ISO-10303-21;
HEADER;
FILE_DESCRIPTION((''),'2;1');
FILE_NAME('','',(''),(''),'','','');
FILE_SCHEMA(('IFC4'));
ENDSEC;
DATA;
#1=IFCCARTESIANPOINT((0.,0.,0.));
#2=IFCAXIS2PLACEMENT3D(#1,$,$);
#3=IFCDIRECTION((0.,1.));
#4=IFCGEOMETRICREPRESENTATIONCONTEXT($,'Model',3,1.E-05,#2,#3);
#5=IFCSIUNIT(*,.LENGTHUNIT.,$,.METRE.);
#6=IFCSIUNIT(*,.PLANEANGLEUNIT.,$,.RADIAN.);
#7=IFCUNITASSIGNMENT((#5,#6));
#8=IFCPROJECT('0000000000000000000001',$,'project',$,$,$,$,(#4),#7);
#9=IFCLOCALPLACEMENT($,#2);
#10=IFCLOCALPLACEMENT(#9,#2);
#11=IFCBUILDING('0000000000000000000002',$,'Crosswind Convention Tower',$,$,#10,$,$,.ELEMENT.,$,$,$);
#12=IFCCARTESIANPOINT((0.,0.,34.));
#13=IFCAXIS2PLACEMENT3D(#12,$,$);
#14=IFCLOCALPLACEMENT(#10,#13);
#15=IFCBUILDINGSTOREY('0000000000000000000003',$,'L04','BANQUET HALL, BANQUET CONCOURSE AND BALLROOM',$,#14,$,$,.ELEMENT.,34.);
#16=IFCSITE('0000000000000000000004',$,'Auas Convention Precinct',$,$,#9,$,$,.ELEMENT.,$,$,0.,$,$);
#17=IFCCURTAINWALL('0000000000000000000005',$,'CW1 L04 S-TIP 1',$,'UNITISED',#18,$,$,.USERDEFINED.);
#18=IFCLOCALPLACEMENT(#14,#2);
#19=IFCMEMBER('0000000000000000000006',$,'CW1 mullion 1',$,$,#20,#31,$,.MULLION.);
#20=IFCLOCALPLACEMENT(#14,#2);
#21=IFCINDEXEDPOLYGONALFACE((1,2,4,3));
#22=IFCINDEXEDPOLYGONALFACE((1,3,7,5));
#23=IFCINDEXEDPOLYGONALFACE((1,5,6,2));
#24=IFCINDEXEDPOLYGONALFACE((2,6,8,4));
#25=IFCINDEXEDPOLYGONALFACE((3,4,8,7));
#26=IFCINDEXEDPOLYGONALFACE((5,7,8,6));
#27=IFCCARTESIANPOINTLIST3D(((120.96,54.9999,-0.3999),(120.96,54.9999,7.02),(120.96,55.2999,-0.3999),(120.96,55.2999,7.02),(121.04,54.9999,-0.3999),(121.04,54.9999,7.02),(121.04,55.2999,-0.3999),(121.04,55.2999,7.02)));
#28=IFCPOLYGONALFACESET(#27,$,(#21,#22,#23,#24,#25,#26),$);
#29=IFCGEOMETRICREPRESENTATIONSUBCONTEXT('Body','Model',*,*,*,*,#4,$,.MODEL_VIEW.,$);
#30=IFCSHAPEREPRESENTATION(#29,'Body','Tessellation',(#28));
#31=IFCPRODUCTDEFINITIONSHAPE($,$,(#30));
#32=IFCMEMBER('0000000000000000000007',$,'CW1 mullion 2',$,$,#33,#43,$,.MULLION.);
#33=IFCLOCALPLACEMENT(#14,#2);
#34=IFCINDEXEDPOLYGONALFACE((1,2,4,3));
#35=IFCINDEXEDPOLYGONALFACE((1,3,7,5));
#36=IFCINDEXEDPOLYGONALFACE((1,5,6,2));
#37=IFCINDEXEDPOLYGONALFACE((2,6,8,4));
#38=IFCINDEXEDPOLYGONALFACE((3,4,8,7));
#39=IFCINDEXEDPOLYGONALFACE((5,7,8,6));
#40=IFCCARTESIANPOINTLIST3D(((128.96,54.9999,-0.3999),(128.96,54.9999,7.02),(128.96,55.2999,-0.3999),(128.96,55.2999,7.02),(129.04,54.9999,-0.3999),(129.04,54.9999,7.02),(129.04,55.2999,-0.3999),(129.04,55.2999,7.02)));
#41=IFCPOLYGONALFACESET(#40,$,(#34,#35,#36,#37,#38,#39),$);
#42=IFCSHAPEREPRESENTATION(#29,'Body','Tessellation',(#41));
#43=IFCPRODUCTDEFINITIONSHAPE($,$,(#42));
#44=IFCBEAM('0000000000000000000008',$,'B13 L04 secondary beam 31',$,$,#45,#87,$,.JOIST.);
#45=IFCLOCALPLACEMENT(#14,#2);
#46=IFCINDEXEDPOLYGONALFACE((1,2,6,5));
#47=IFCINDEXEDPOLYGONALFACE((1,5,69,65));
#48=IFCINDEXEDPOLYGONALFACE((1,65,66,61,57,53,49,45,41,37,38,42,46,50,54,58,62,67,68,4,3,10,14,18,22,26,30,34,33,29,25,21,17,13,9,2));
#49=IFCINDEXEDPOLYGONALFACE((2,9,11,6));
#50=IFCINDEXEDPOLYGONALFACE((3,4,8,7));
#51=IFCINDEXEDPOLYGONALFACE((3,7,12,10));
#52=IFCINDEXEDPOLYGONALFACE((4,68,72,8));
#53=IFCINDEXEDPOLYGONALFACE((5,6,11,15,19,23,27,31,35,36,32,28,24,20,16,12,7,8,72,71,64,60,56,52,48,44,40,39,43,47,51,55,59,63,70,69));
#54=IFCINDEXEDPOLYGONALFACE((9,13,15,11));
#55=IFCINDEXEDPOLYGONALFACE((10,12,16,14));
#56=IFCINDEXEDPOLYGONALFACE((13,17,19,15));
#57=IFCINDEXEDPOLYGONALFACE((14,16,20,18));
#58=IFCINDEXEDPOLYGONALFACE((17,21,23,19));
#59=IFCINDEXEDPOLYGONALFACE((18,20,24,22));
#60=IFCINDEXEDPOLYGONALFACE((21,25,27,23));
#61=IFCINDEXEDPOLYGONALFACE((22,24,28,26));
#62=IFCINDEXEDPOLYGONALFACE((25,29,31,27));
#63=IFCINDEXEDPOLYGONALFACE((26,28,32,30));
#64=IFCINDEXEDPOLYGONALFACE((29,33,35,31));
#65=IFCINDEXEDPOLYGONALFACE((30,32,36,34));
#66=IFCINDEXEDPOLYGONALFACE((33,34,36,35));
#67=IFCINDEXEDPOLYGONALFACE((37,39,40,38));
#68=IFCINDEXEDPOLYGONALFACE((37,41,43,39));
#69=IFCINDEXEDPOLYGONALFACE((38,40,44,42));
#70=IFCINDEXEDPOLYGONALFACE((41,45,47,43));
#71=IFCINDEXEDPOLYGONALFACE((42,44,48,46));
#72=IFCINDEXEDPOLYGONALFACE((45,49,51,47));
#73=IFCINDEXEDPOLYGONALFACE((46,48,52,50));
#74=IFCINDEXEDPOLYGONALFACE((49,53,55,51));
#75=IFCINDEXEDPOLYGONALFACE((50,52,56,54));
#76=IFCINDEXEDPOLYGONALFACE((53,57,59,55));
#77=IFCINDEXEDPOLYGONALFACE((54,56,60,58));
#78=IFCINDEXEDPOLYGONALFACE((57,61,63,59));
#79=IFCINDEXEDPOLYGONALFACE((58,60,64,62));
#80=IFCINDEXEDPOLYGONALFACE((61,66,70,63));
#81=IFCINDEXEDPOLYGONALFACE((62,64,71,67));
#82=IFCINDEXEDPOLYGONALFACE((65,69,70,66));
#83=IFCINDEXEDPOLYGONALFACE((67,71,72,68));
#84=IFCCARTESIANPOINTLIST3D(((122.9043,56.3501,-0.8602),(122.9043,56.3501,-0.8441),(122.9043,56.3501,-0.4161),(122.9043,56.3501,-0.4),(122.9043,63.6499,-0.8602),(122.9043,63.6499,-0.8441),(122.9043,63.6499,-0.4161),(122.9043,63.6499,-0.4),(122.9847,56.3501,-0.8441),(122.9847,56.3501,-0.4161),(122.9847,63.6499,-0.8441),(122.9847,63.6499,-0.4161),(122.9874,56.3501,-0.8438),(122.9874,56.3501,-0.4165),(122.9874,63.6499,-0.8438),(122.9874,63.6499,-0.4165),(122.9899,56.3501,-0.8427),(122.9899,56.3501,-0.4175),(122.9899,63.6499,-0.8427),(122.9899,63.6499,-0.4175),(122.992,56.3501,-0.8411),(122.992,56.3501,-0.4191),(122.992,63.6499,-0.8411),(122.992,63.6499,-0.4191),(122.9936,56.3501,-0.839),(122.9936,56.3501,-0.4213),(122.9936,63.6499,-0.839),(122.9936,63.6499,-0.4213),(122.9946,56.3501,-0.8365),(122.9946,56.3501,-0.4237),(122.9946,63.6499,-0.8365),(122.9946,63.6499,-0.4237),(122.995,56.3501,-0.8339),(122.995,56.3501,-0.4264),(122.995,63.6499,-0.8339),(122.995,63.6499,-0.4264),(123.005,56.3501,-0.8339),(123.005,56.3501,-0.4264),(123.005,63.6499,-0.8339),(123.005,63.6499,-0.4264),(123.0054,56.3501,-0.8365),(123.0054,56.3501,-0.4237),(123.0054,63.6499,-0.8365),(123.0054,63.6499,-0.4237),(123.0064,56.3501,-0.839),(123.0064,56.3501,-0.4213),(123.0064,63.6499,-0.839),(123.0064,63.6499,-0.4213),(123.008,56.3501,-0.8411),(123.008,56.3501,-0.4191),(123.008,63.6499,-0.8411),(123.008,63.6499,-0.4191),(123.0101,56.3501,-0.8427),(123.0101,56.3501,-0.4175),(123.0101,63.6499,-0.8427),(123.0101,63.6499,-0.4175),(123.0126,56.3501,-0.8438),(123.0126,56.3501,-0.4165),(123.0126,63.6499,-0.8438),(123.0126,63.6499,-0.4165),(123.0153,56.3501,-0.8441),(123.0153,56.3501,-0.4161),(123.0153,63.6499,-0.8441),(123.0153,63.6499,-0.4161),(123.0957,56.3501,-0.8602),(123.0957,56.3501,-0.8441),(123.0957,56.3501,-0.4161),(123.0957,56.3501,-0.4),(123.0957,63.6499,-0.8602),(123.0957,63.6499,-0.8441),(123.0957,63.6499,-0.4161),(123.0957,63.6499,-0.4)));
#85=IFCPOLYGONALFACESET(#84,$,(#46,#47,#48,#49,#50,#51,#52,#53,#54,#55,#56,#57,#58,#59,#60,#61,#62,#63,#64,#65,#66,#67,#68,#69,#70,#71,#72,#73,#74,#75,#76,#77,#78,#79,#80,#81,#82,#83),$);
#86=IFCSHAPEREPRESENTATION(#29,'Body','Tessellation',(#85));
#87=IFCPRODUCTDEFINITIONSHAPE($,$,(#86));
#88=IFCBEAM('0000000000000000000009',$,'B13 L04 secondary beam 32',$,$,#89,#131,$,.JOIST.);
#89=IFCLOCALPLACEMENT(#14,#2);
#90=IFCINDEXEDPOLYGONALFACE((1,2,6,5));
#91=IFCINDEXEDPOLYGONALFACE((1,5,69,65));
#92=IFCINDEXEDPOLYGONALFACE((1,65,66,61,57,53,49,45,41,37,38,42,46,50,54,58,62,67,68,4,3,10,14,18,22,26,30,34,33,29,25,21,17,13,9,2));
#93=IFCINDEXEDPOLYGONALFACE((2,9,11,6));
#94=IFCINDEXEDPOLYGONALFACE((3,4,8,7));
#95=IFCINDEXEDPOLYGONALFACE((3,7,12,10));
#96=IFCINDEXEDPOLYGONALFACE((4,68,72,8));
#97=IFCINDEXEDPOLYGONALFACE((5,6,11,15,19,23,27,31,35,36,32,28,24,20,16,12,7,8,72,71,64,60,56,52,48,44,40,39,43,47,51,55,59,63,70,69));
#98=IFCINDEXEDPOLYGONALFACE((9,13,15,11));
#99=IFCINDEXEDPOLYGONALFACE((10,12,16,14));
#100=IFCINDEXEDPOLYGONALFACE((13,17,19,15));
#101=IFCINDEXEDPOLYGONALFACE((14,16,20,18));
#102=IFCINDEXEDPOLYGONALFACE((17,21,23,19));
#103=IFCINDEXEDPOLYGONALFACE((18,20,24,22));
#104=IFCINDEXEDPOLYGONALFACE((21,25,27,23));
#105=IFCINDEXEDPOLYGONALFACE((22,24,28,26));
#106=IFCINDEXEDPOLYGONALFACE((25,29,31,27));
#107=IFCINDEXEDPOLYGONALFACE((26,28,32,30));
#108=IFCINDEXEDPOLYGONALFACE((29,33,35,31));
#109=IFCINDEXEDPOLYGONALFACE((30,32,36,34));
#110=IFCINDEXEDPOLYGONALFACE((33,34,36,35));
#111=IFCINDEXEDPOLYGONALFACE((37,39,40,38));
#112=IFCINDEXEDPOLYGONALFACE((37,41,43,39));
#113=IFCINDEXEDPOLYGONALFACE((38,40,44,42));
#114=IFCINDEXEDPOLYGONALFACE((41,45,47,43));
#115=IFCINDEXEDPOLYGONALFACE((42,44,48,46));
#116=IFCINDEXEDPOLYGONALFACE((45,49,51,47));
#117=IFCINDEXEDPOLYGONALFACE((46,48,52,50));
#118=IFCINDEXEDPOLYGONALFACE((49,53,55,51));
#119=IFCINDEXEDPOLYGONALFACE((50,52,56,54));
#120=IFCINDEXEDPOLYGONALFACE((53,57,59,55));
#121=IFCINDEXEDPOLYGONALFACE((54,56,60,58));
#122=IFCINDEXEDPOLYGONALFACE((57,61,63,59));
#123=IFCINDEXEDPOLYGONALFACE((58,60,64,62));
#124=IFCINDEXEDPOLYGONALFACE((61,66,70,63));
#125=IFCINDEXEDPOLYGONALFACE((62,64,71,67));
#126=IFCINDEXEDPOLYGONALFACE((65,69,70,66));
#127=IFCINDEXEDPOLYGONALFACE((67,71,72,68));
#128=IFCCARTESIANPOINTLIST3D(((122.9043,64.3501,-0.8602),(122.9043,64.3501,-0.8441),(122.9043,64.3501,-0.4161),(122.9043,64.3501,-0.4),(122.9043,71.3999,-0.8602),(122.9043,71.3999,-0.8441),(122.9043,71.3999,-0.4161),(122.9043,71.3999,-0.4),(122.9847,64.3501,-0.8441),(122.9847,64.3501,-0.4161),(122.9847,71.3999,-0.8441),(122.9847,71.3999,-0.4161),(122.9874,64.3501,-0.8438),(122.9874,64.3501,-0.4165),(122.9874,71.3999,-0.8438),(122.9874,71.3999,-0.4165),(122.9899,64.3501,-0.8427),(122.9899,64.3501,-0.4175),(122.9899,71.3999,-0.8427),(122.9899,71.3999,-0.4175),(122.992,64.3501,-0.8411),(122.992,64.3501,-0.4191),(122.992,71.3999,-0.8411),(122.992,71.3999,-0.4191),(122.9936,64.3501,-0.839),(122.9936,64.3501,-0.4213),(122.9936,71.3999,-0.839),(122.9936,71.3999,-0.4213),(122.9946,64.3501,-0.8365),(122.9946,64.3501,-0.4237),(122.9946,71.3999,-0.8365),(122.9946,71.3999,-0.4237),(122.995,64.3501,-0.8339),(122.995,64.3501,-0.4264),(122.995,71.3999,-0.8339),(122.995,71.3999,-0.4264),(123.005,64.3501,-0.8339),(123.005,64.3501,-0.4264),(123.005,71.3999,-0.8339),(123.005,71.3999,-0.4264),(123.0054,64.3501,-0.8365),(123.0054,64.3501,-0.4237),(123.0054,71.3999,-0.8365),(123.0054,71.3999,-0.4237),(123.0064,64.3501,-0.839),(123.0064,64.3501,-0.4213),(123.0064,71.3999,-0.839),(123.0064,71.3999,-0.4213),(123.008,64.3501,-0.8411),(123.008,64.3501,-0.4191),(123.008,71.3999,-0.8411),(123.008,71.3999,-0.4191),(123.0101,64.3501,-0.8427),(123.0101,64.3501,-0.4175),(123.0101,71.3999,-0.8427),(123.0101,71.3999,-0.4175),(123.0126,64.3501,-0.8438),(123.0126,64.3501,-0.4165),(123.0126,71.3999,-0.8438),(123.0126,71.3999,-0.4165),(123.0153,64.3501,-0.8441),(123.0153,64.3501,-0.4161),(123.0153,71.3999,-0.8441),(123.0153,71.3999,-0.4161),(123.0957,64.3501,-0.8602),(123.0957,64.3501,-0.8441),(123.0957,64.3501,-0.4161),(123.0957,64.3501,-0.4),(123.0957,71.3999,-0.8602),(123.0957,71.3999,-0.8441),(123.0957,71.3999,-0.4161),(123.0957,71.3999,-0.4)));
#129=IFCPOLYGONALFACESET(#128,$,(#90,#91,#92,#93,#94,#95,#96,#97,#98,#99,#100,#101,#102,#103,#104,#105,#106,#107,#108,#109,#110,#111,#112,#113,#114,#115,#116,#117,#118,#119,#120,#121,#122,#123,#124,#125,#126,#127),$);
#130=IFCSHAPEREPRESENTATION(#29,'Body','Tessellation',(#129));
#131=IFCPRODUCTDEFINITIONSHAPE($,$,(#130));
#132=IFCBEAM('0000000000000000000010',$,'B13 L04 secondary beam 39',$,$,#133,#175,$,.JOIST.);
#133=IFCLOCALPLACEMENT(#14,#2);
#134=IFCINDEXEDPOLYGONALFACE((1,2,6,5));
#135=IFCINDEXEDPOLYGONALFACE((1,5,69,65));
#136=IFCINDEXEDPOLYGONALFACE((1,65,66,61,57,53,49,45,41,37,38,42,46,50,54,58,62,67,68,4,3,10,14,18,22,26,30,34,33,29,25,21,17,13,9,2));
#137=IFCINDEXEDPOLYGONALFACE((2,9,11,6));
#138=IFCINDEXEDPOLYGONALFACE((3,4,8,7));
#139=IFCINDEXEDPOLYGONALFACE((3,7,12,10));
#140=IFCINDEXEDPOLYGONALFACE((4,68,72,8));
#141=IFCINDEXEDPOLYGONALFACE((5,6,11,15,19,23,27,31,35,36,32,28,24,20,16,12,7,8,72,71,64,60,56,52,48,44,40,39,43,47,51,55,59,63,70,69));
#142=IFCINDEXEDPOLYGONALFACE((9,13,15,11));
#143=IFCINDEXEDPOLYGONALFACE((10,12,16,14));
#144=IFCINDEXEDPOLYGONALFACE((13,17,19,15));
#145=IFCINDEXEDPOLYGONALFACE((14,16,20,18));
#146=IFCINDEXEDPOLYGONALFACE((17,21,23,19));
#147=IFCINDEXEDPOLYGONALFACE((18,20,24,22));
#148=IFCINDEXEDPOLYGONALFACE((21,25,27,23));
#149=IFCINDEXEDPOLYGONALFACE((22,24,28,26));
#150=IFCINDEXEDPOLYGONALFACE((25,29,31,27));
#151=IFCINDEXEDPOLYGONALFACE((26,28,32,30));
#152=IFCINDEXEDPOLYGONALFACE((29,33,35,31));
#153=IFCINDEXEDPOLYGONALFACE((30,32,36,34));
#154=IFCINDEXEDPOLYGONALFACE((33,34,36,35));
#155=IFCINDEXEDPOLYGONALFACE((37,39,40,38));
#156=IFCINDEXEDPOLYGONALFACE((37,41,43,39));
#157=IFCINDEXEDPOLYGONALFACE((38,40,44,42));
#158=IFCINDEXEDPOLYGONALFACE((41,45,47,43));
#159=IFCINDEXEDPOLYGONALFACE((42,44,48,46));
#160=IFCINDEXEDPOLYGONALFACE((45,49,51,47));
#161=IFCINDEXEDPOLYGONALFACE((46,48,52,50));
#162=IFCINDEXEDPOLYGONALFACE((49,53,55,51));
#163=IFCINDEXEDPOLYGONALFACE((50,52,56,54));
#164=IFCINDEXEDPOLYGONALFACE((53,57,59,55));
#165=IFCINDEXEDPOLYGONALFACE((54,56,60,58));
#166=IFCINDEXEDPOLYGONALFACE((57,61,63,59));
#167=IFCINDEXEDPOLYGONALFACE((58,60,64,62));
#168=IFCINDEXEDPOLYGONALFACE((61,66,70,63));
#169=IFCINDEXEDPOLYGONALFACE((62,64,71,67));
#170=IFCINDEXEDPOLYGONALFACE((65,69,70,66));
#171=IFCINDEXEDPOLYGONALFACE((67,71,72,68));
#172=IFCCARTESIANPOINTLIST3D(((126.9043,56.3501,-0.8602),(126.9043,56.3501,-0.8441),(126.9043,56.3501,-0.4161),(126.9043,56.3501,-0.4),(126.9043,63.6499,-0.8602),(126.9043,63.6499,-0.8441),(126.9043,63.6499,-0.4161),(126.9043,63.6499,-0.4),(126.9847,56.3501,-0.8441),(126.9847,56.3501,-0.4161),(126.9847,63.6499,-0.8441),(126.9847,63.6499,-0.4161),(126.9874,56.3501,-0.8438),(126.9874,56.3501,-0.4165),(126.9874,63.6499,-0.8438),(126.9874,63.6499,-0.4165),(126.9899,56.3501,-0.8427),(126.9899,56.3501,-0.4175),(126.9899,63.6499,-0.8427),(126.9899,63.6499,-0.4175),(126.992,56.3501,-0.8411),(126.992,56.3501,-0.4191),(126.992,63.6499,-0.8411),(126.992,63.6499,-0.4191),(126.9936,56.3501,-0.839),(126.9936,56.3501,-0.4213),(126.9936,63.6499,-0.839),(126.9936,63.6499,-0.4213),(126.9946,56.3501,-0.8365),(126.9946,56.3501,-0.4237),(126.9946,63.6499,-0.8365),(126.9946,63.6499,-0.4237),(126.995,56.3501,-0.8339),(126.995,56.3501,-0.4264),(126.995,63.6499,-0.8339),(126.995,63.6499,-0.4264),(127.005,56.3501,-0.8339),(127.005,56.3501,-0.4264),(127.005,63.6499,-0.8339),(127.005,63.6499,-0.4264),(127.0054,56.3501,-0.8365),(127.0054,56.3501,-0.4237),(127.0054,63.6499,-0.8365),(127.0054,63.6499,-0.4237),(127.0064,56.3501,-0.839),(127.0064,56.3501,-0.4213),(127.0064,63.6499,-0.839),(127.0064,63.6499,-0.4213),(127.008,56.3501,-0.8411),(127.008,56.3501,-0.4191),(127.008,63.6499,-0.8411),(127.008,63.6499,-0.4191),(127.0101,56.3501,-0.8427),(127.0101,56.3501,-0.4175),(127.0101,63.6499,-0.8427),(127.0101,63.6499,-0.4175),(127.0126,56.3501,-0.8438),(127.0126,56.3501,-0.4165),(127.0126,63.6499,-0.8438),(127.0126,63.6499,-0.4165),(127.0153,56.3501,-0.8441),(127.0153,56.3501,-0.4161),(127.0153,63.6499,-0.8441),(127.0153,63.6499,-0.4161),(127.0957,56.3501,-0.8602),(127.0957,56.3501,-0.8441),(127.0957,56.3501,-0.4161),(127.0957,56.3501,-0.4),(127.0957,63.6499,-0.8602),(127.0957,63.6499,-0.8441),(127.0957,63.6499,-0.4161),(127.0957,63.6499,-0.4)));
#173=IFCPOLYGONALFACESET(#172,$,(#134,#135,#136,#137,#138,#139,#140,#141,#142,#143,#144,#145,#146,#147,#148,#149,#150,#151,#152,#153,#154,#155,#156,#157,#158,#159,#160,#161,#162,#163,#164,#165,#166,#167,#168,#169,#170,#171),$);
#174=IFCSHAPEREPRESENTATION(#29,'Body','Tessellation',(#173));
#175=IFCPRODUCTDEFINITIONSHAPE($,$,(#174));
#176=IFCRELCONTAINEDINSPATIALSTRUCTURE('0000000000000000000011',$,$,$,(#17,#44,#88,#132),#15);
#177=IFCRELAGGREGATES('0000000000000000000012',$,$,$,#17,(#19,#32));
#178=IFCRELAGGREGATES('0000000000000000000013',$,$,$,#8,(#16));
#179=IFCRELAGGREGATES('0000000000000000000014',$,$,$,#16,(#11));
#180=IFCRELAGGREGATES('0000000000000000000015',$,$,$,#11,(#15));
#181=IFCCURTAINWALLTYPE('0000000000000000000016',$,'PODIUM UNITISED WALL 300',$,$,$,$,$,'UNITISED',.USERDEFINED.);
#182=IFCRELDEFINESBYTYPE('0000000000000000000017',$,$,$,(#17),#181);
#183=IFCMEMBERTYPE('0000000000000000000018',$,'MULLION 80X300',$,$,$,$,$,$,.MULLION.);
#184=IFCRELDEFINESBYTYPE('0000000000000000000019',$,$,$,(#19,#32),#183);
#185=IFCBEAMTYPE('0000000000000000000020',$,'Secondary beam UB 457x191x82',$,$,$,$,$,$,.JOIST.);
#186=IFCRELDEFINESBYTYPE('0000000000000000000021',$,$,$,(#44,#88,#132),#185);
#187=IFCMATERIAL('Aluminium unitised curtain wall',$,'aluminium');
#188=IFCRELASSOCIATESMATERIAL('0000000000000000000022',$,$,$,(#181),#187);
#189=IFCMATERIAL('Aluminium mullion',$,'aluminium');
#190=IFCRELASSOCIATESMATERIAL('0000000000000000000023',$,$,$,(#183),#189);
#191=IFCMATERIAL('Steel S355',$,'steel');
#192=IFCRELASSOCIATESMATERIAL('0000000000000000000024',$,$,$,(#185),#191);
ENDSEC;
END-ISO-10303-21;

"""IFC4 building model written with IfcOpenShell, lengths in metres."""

from ifc_helpers import new_model, si_unit, direction, frame, origin, origin_2d, place, context, subcontext, project, spatial, rectangle, i_section, extrude, material, material_profile, profile_set, type_object, element, aggregate, save


model = new_model("IFC4")

# Units and contexts
model_context = context("Model", 3, precision=1e-05, world=origin(), true_north=direction((0.0, 1.0)))
body_context = subcontext(model_context, "Body", "Model", "MODEL_VIEW")
ifc_project = project(units=[si_unit("LENGTHUNIT", "METRE"), si_unit("PLANEANGLEUNIT", "RADIAN")], contexts=[model_context])

# Site, building, storey
site_placement = place(None, origin())
site = spatial("IfcSite", under=ifc_project, at=site_placement, Name="Auas Convention Precinct", CompositionType="ELEMENT", RefElevation=0.0)
building_placement = place(site_placement, origin())
building = spatial("IfcBuilding", under=site, at=building_placement, Name="Crosswind Convention Tower", CompositionType="ELEMENT")
storey_placement = place(building_placement, frame((0.0, 0.0, 34.0)))
storey = spatial("IfcBuildingStorey", under=building, at=storey_placement, Name="L04", Description="BANQUET HALL, BANQUET CONCOURSE AND BALLROOM", CompositionType="ELEMENT", Elevation=34.0)

# Curtain wall, members
ifc_material_1 = material(Name="Aluminium unitised curtain wall", Category="aluminium")
curtain_wall_type = type_object("IfcCurtainWallType", Name="PODIUM UNITISED WALL 300", ElementType="UNITISED", PredefinedType="USERDEFINED", material=ifc_material_1)
curtain_wall_placement = place(storey_placement, origin())
curtain_wall = element("IfcCurtainWall", 1, at=curtain_wall_placement, inside=storey, type_object=curtain_wall_type, Name="CW1 L04 S-TIP 1", ObjectType="UNITISED", PredefinedType="USERDEFINED")
ifc_material_2 = material(Name="Aluminium mullion", Category="aluminium")
ifc_material_profile_1 = material_profile(ifc_material_2, rectangle(XDim=0.3, YDim=0.0801, at=origin_2d()), Name="AL 300X80")
ifc_profile_set_1 = profile_set([ifc_material_profile_1], Name="Aluminium mullion")
member_type_1 = type_object("IfcMemberType", Name="MULLION 80X300", PredefinedType="MULLION", material=ifc_profile_set_1)
member_1_placement = place(storey_placement, frame((121.0, 55.1499, -0.3999), z_axis=(0.0, 0.0, 1.0), x_axis=(0.0, -1.0, 0.0)))
member_1 = element("IfcMember", 2, at=member_1_placement, type_object=member_type_1, Name="CW1 mullion 1", PredefinedType="MULLION", context=body_context, shape_type="SweptSolid", body=[
    extrude(rectangle(XDim=0.3, YDim=0.0801, at=origin_2d()), origin(), (0.0, 0.0, 1.0), 7.4199),
])
member_2_placement = place(storey_placement, frame((129.0, 55.1499, -0.3999), z_axis=(0.0, 0.0, 1.0), x_axis=(0.0, -1.0, 0.0)))
member_2 = element("IfcMember", 3, at=member_2_placement, type_object=member_type_1, Name="CW1 mullion 2", PredefinedType="MULLION", context=body_context, shape_type="SweptSolid", body=[
    extrude(rectangle(XDim=0.3, YDim=0.0801, at=origin_2d()), origin(), (0.0, 0.0, 1.0), 7.4199),
])

# Beams
ifc_material_3 = material(Name="Steel S355", Category="steel")
ifc_material_profile_2 = material_profile(ifc_material_3, i_section(OverallWidth=0.1914, OverallDepth=0.4602, WebThickness=0.01, FlangeThickness=0.0161, FilletRadius=0.0103, at=origin_2d()), Name="UB 457x191x82")
ifc_profile_set_2 = profile_set([ifc_material_profile_2], Name="Steel S355")
beam_type_1 = type_object("IfcBeamType", Name="Secondary beam UB 457x191x82", PredefinedType="JOIST", material=ifc_profile_set_2)
beam_1_placement = place(storey_placement, frame((123.0, 56.3501, -0.6301), z_axis=(0.0, 1.0, 0.0), x_axis=(-1.0, 0.0, 0.0)))
element("IfcBeam", 4, at=beam_1_placement, inside=storey, type_object=beam_type_1, Name="B13 L04 secondary beam 31", PredefinedType="JOIST", context=body_context, shape_type="SweptSolid", body=[
    extrude(i_section(OverallWidth=0.1914, OverallDepth=0.4602, WebThickness=0.01, FlangeThickness=0.0161, FilletRadius=0.0103, at=origin_2d()), origin(), (0.0, 0.0, 1.0), 7.2998),
])
beam_2_placement = place(storey_placement, frame((123.0, 64.3501, -0.6301), z_axis=(0.0, 1.0, 0.0), x_axis=(-1.0, 0.0, 0.0)))
element("IfcBeam", 5, at=beam_2_placement, inside=storey, type_object=beam_type_1, Name="B13 L04 secondary beam 32", PredefinedType="JOIST", context=body_context, shape_type="SweptSolid", body=[
    extrude(i_section(OverallWidth=0.1914, OverallDepth=0.4602, WebThickness=0.01, FlangeThickness=0.0161, FilletRadius=0.0103, at=origin_2d()), origin(), (0.0, 0.0, 1.0), 7.0498),
])
beam_3_placement = place(storey_placement, frame((127.0, 56.3501, -0.6301), z_axis=(0.0, 1.0, 0.0), x_axis=(-1.0, 0.0, 0.0)))
element("IfcBeam", 6, at=beam_3_placement, inside=storey, type_object=beam_type_1, Name="B13 L04 secondary beam 39", PredefinedType="JOIST", context=body_context, shape_type="SweptSolid", body=[
    extrude(i_section(OverallWidth=0.1914, OverallDepth=0.4602, WebThickness=0.01, FlangeThickness=0.0161, FilletRadius=0.0103, at=origin_2d()), origin(), (0.0, 0.0, 1.0), 7.2998),
])

aggregate(curtain_wall, [member_1, member_2])

save(model, "model.ifc")
